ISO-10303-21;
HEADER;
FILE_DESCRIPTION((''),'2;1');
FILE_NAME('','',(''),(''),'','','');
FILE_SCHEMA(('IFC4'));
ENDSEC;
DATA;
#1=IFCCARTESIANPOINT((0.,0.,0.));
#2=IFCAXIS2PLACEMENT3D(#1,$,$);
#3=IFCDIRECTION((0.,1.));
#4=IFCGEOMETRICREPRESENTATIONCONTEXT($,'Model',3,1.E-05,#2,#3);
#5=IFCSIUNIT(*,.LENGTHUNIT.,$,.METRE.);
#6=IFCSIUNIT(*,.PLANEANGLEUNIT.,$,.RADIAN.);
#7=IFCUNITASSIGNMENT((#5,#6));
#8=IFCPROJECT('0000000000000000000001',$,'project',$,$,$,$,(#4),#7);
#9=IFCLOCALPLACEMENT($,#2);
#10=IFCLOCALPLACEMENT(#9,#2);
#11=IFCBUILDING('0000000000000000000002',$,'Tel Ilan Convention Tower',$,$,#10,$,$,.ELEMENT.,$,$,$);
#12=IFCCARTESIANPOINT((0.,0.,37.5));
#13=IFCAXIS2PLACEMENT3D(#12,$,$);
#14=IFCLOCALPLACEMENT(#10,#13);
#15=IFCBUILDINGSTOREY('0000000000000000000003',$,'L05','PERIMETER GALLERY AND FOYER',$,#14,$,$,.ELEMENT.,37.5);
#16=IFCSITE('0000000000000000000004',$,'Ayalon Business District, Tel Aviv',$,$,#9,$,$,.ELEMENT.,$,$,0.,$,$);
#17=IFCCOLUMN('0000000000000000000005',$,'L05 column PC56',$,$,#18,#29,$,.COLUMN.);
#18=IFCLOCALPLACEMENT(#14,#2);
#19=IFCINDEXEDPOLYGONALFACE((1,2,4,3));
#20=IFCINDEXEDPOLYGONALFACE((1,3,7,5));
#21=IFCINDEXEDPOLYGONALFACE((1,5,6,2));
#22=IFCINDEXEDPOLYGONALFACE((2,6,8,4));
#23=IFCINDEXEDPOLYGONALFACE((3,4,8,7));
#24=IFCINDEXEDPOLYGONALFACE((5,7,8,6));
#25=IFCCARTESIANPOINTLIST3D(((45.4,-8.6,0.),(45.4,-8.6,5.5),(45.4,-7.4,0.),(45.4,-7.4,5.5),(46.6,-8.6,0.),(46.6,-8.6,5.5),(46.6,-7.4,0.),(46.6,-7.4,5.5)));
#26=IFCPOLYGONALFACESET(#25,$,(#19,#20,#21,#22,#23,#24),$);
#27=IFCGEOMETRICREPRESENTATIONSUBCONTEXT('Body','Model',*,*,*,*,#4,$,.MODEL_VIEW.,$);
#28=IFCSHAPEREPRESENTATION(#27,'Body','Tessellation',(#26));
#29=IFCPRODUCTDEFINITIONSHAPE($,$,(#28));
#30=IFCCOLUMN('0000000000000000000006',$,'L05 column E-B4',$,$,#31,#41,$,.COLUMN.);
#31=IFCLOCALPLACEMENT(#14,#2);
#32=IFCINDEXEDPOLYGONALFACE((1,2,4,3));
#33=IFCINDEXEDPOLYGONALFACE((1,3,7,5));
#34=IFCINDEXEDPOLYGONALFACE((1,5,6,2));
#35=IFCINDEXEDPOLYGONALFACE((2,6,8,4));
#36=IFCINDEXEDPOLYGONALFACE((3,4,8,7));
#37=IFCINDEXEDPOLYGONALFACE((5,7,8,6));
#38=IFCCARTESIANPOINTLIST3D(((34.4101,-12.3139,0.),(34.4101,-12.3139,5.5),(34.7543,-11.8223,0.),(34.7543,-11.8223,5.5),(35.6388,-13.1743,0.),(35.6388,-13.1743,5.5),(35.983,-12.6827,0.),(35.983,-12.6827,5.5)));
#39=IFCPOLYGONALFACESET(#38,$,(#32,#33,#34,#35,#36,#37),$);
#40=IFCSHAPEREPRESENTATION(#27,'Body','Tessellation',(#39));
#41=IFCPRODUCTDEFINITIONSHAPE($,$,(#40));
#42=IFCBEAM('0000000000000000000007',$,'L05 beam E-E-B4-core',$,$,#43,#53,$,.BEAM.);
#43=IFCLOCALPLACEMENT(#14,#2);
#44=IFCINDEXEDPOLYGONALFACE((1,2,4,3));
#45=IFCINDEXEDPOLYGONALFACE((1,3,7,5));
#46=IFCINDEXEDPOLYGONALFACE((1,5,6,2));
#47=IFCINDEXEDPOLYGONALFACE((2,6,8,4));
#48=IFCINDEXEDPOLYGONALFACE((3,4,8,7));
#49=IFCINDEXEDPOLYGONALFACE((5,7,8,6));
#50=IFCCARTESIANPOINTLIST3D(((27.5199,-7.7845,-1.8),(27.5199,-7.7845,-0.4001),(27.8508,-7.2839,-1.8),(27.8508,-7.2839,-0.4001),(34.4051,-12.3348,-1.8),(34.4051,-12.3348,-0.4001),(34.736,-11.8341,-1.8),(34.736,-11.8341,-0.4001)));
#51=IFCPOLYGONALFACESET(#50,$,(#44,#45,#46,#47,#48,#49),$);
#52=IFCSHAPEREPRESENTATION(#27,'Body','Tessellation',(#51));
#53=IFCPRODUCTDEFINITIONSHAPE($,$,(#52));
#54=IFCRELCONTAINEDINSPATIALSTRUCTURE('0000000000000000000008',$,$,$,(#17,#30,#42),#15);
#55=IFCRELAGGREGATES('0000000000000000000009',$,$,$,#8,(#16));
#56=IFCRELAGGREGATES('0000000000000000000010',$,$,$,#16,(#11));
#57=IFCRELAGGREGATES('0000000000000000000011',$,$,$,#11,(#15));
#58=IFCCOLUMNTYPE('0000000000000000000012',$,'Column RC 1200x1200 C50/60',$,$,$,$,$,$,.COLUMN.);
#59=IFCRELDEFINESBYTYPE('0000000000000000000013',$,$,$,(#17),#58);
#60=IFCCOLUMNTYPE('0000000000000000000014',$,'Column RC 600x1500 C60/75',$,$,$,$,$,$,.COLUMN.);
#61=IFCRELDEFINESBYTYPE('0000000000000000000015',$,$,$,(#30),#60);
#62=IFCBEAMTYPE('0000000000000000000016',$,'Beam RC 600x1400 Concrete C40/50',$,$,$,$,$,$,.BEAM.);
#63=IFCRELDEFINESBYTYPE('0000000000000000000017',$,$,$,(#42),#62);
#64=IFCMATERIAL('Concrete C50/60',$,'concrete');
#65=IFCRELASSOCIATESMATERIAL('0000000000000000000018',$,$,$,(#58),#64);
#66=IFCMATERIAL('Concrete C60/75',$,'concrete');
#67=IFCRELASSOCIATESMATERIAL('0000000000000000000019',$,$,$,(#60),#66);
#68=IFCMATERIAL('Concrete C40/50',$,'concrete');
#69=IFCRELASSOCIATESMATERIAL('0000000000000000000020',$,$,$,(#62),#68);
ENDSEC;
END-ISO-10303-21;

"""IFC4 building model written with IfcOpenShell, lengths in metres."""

from ifc_helpers import new_model, si_unit, direction, frame, origin, origin_2d, place, context, subcontext, project, spatial, rectangle, extrude, material, material_profile, profile_set, type_object, element, save


model = new_model("IFC4")

# Units and contexts
model_context = context("Model", 3, precision=1e-05, world=origin(), true_north=direction((0.0, 1.0)))
body_context = subcontext(model_context, "Body", "Model", "MODEL_VIEW")
ifc_project = project(units=[si_unit("LENGTHUNIT", "METRE"), si_unit("PLANEANGLEUNIT", "RADIAN")], contexts=[model_context])

# Site, building, storey
site_placement = place(None, origin())
site = spatial("IfcSite", under=ifc_project, at=site_placement, Name="Ayalon Business District, Tel Aviv", CompositionType="ELEMENT", RefElevation=0.0)
building_placement = place(site_placement, origin())
building = spatial("IfcBuilding", under=site, at=building_placement, Name="Tel Ilan Convention Tower", CompositionType="ELEMENT")
storey_placement = place(building_placement, frame((0.0, 0.0, 37.5)))
storey = spatial("IfcBuildingStorey", under=building, at=storey_placement, Name="L05", Description="PERIMETER GALLERY AND FOYER", CompositionType="ELEMENT", Elevation=37.5)

# Columns
ifc_material_1 = material(Name="Concrete C50/60", Category="concrete")
ifc_material_profile_1 = material_profile(ifc_material_1, rectangle(XDim=1.2, YDim=1.2, at=origin_2d()), Name="RC 1200x1200")
ifc_profile_set_1 = profile_set([ifc_material_profile_1], Name="Concrete C50/60")
column_type_1 = type_object("IfcColumnType", Name="Column RC 1200x1200 C50/60", PredefinedType="COLUMN", material=ifc_profile_set_1)
column_1_placement = place(storey_placement, frame((46.0, -8.0, 0.0), z_axis=(0.0, 0.0, 1.0), x_axis=(1.0, 0.0, 0.0)))
element("IfcColumn", 1, at=column_1_placement, inside=storey, type_object=column_type_1, Name="L05 column PC56", PredefinedType="COLUMN", context=body_context, shape_type="SweptSolid", body=[
    extrude(rectangle(XDim=1.2, YDim=1.2, at=origin_2d()), origin(), (0.0, 0.0, 1.0), 5.5),
])
ifc_material_2 = material(Name="Concrete C60/75", Category="concrete")
ifc_material_profile_2 = material_profile(ifc_material_2, rectangle(XDim=1.5, YDim=0.6001, at=origin_2d()), Name="RC 600x1500")
ifc_profile_set_2 = profile_set([ifc_material_profile_2], Name="Concrete C60/75")
column_type_2 = type_object("IfcColumnType", Name="Column RC 600x1500 C60/75", PredefinedType="COLUMN", material=ifc_profile_set_2)
column_2_placement = place(storey_placement, frame((35.1965, -12.4983, 0.0), z_axis=(0.0, 0.0, 1.0), x_axis=(0.819152, -0.573576, 0.0)))
element("IfcColumn", 2, at=column_2_placement, inside=storey, type_object=column_type_2, Name="L05 column E-B4", PredefinedType="COLUMN", context=body_context, shape_type="SweptSolid", body=[
    extrude(rectangle(XDim=1.5, YDim=0.6001, at=origin_2d()), origin(), (0.0, 0.0, 1.0), 5.5),
])

# Beam
ifc_material_3 = material(Name="Concrete C40/50", Category="concrete")
ifc_material_profile_3 = material_profile(ifc_material_3, rectangle(XDim=0.6001, YDim=1.3999, at=origin_2d()), Name="RC 600x1400")
ifc_profile_set_3 = profile_set([ifc_material_profile_3], Name="Concrete C40/50")
beam_type = type_object("IfcBeamType", Name="Beam RC 600x1400 Concrete C40/50", PredefinedType="BEAM", material=ifc_profile_set_3)
beam_placement = place(storey_placement, frame((34.5706, -12.0845, -1.1001), z_axis=(-0.834274, 0.551351, 0.0), x_axis=(-0.551351, -0.834274, 0.0)))
element("IfcBeam", 3, at=beam_placement, inside=storey, type_object=beam_type, Name="L05 beam E-E-B4-core", PredefinedType="BEAM", context=body_context, shape_type="SweptSolid", body=[
    extrude(rectangle(XDim=0.6001, YDim=1.3999, at=origin_2d()), origin(), (0.0, 0.0, 1.0), 8.2529),
])

save(model, "model.ifc")
